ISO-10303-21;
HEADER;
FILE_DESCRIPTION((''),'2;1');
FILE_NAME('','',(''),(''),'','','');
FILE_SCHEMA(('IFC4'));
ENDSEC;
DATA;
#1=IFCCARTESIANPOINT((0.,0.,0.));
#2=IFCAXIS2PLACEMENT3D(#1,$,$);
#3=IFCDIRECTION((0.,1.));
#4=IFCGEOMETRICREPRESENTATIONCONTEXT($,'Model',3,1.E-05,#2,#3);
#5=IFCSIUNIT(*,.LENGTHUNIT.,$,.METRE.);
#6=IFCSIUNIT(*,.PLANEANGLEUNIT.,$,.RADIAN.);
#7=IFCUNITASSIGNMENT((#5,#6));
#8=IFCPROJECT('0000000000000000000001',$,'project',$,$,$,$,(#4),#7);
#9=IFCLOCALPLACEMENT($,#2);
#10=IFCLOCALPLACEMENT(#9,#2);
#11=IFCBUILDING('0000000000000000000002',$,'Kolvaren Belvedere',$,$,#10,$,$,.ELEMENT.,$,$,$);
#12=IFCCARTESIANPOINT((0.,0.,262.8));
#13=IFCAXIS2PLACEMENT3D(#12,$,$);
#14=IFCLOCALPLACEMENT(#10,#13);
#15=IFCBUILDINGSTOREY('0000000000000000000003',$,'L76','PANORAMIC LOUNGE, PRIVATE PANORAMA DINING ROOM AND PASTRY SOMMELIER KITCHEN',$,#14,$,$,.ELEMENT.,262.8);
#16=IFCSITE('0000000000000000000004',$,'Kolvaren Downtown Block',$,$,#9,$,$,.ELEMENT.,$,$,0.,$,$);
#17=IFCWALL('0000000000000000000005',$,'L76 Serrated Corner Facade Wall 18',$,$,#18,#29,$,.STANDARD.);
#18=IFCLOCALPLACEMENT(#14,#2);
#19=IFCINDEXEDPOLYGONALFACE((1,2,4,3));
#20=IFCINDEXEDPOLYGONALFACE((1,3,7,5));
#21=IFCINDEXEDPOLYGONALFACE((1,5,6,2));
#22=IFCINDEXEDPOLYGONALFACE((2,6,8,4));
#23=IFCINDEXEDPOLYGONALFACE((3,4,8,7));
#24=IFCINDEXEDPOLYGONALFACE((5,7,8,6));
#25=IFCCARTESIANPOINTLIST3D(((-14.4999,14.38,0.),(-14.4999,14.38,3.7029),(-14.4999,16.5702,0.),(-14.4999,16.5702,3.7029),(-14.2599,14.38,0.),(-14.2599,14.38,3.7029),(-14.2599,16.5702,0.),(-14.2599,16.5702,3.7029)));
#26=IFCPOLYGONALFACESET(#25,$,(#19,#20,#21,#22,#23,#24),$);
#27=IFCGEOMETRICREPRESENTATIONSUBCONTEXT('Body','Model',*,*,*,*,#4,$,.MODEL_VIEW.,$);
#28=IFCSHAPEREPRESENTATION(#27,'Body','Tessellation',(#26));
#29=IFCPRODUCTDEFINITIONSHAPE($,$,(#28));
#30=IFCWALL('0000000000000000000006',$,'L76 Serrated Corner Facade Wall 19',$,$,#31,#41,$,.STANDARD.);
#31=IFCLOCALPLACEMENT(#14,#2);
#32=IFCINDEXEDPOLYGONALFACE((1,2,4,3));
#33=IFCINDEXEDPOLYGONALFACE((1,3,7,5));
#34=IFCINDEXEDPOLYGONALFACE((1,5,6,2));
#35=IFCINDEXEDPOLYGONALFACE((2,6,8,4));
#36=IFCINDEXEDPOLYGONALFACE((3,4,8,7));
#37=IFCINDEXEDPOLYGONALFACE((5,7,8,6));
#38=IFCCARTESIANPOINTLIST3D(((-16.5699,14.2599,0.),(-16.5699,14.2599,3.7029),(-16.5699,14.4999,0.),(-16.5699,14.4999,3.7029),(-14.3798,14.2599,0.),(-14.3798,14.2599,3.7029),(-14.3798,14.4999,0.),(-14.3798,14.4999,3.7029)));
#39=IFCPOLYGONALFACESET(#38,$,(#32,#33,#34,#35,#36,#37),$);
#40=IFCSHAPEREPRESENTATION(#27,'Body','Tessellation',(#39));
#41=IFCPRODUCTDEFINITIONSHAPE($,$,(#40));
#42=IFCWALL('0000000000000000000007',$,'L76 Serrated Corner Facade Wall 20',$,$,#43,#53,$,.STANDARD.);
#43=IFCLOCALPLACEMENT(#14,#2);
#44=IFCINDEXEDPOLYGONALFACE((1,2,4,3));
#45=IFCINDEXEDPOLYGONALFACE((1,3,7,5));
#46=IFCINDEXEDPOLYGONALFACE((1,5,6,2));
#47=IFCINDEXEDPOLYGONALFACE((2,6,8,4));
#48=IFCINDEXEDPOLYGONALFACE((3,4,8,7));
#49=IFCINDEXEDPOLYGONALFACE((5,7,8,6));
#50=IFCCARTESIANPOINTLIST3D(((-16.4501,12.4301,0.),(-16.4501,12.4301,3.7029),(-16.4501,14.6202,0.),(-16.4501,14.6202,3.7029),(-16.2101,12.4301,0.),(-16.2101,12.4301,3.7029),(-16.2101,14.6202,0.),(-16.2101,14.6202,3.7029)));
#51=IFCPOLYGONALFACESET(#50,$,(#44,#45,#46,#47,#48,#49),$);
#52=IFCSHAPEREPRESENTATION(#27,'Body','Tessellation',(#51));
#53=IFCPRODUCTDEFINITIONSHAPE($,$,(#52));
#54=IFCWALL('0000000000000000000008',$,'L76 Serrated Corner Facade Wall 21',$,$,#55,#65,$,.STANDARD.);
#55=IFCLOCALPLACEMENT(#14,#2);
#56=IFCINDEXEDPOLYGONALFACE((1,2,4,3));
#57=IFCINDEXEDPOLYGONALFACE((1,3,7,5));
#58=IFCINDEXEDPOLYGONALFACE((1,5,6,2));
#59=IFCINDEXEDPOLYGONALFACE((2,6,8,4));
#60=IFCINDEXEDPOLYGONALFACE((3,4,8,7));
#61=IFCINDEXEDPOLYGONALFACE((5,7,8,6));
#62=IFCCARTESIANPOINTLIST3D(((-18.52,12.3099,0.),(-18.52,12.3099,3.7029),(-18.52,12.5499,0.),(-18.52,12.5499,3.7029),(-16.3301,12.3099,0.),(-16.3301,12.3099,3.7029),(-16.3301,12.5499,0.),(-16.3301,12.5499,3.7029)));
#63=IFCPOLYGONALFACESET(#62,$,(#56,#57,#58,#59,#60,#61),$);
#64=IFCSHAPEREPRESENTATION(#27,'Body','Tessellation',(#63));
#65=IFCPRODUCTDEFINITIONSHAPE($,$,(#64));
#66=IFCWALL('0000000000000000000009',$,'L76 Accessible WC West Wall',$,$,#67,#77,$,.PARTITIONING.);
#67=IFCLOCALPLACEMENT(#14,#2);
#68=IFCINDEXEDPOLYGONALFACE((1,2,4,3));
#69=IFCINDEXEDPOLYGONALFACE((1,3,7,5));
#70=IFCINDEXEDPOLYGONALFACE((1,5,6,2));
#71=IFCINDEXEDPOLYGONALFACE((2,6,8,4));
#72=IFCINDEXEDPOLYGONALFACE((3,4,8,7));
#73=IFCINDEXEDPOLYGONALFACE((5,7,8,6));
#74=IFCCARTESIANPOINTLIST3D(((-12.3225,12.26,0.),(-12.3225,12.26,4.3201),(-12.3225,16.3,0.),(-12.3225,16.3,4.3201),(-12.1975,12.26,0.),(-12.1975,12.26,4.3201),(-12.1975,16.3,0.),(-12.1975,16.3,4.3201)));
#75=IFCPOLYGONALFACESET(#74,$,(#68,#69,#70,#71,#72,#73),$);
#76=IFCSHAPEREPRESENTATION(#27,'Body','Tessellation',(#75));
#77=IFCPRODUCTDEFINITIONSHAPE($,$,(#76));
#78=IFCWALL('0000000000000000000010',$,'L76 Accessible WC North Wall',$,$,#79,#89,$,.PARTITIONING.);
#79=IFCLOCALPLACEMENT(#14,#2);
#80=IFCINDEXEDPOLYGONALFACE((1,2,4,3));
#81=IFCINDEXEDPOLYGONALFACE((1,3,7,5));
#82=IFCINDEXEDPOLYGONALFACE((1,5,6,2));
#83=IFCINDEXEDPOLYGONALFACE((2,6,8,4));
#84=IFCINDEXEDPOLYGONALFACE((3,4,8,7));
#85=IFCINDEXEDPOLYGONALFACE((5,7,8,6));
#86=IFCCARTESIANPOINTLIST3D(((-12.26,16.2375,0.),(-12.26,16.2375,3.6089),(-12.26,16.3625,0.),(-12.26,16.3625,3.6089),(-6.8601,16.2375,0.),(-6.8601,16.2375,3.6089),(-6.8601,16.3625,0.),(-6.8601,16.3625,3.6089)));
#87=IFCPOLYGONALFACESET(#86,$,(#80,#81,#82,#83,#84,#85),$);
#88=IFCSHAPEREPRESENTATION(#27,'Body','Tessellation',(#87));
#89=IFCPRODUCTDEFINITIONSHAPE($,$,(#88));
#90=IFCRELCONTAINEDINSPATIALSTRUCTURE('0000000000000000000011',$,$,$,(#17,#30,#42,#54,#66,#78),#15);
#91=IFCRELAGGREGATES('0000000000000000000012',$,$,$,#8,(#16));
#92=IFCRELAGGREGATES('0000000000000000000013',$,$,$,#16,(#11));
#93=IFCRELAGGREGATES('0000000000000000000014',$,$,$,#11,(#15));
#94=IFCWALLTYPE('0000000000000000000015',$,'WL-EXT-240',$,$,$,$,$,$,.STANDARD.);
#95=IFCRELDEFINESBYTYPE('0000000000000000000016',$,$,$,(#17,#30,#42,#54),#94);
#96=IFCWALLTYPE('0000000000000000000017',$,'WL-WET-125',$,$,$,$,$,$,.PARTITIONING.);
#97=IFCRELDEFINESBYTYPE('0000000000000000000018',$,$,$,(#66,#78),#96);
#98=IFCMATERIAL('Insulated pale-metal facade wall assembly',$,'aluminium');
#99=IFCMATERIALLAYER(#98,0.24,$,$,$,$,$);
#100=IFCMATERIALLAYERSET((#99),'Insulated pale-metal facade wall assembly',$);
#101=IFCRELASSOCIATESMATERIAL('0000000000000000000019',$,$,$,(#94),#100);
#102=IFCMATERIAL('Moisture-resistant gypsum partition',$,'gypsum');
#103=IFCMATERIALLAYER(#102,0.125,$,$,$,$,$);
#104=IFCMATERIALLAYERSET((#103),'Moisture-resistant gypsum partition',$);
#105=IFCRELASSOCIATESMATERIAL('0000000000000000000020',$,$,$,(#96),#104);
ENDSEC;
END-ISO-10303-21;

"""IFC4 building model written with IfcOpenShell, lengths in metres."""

from ifc_helpers import new_model, si_unit, direction, frame, frame_2d, origin, place, context, subcontext, project, spatial, rectangle, extrude, material, layer, layer_set, type_object, element, save


model = new_model("IFC4")

# Units and contexts
model_context = context("Model", 3, precision=1e-05, world=origin(), true_north=direction((0.0, 1.0)))
body_context = subcontext(model_context, "Body", "Model", "MODEL_VIEW")
ifc_project = project(units=[si_unit("LENGTHUNIT", "METRE"), si_unit("PLANEANGLEUNIT", "RADIAN")], contexts=[model_context])

# Site, building, storey
site_placement = place(None, origin())
site = spatial("IfcSite", under=ifc_project, at=site_placement, Name="Kolvaren Downtown Block", CompositionType="ELEMENT", RefElevation=0.0)
building_placement = place(site_placement, origin())
building = spatial("IfcBuilding", under=site, at=building_placement, Name="Kolvaren Belvedere", CompositionType="ELEMENT")
storey_placement = place(building_placement, frame((0.0, 0.0, 262.8)))
storey = spatial("IfcBuildingStorey", under=building, at=storey_placement, Name="L76", Description="PANORAMIC LOUNGE, PRIVATE PANORAMA DINING ROOM AND PASTRY SOMMELIER KITCHEN", CompositionType="ELEMENT", Elevation=262.8)

# Walls
ifc_material_1 = material(Name="Insulated pale-metal facade wall assembly", Category="aluminium")
ifc_layer_1 = layer(ifc_material_1, 0.24)
ifc_layer_set_1 = layer_set([ifc_layer_1], Name="Insulated pale-metal facade wall assembly")
wall_type_1 = type_object("IfcWallType", Name="WL-EXT-240", PredefinedType="STANDARD", material=ifc_layer_set_1)
for number, where, z_axis, x_axis, name in (
    (1, (-14.3799, 14.3799, 0.0), (0.0, 0.0, 1.0), (0.0, 1.0, 0.0), "L76 Serrated Corner Facade Wall 18"),
    (2, (-16.5701, 14.3799, 0.0), (0.0, 0.0, 1.0), (1.0, 0.0, 0.0), "L76 Serrated Corner Facade Wall 19"),
    (3, (-16.3301, 12.4299, 0.0), (0.0, 0.0, 1.0), (0.0, 1.0, 0.0), "L76 Serrated Corner Facade Wall 20"),
):
    element("IfcWall", number, at=place(storey_placement, frame(where, z_axis=z_axis, x_axis=x_axis)), inside=storey, type_object=wall_type_1, Name=name, PredefinedType="STANDARD", context=body_context, shape_type="SweptSolid", body=[
        extrude(rectangle(XDim=2.1902, YDim=0.24, at=frame_2d((1.0952, 0.0))), origin(), (0.0, 0.0, 1.0), 3.7029),
    ])
wall_1_placement = place(storey_placement, frame((-18.52, 12.4299, 0.0), z_axis=(0.0, 0.0, 1.0), x_axis=(1.0, 0.0, 0.0)))
element("IfcWall", 4, at=wall_1_placement, inside=storey, type_object=wall_type_1, Name="L76 Serrated Corner Facade Wall 21", PredefinedType="STANDARD", context=body_context, shape_type="SweptSolid", body=[
    extrude(rectangle(XDim=2.1899, YDim=0.24, at=frame_2d((1.095, 0.0))), origin(), (0.0, 0.0, 1.0), 3.7029),
])
ifc_material_2 = material(Name="Moisture-resistant gypsum partition", Category="gypsum")
ifc_layer_2 = layer(ifc_material_2, 0.125)
ifc_layer_set_2 = layer_set([ifc_layer_2], Name="Moisture-resistant gypsum partition")
wall_type_2 = type_object("IfcWallType", Name="WL-WET-125", PredefinedType="PARTITIONING", material=ifc_layer_set_2)
wall_2_placement = place(storey_placement, frame((-12.26, 12.26, 0.0), z_axis=(0.0, 0.0, 1.0), x_axis=(0.0, 1.0, 0.0)))
element("IfcWall", 5, at=wall_2_placement, inside=storey, type_object=wall_type_2, Name="L76 Accessible WC West Wall", PredefinedType="PARTITIONING", context=body_context, shape_type="SweptSolid", body=[
    extrude(rectangle(XDim=4.04, YDim=0.125, at=frame_2d((2.02, 0.0))), origin(), (0.0, 0.0, 1.0), 4.3201),
])
wall_3_placement = place(storey_placement, frame((-12.26, 16.3, 0.0), z_axis=(0.0, 0.0, 1.0), x_axis=(1.0, 0.0, 0.0)))
element("IfcWall", 6, at=wall_3_placement, inside=storey, type_object=wall_type_2, Name="L76 Accessible WC North Wall", PredefinedType="PARTITIONING", context=body_context, shape_type="SweptSolid", body=[
    extrude(rectangle(XDim=5.3999, YDim=0.125, at=frame_2d((2.7, 0.0))), origin(), (0.0, 0.0, 1.0), 3.6089),
])

save(model, "model.ifc")
